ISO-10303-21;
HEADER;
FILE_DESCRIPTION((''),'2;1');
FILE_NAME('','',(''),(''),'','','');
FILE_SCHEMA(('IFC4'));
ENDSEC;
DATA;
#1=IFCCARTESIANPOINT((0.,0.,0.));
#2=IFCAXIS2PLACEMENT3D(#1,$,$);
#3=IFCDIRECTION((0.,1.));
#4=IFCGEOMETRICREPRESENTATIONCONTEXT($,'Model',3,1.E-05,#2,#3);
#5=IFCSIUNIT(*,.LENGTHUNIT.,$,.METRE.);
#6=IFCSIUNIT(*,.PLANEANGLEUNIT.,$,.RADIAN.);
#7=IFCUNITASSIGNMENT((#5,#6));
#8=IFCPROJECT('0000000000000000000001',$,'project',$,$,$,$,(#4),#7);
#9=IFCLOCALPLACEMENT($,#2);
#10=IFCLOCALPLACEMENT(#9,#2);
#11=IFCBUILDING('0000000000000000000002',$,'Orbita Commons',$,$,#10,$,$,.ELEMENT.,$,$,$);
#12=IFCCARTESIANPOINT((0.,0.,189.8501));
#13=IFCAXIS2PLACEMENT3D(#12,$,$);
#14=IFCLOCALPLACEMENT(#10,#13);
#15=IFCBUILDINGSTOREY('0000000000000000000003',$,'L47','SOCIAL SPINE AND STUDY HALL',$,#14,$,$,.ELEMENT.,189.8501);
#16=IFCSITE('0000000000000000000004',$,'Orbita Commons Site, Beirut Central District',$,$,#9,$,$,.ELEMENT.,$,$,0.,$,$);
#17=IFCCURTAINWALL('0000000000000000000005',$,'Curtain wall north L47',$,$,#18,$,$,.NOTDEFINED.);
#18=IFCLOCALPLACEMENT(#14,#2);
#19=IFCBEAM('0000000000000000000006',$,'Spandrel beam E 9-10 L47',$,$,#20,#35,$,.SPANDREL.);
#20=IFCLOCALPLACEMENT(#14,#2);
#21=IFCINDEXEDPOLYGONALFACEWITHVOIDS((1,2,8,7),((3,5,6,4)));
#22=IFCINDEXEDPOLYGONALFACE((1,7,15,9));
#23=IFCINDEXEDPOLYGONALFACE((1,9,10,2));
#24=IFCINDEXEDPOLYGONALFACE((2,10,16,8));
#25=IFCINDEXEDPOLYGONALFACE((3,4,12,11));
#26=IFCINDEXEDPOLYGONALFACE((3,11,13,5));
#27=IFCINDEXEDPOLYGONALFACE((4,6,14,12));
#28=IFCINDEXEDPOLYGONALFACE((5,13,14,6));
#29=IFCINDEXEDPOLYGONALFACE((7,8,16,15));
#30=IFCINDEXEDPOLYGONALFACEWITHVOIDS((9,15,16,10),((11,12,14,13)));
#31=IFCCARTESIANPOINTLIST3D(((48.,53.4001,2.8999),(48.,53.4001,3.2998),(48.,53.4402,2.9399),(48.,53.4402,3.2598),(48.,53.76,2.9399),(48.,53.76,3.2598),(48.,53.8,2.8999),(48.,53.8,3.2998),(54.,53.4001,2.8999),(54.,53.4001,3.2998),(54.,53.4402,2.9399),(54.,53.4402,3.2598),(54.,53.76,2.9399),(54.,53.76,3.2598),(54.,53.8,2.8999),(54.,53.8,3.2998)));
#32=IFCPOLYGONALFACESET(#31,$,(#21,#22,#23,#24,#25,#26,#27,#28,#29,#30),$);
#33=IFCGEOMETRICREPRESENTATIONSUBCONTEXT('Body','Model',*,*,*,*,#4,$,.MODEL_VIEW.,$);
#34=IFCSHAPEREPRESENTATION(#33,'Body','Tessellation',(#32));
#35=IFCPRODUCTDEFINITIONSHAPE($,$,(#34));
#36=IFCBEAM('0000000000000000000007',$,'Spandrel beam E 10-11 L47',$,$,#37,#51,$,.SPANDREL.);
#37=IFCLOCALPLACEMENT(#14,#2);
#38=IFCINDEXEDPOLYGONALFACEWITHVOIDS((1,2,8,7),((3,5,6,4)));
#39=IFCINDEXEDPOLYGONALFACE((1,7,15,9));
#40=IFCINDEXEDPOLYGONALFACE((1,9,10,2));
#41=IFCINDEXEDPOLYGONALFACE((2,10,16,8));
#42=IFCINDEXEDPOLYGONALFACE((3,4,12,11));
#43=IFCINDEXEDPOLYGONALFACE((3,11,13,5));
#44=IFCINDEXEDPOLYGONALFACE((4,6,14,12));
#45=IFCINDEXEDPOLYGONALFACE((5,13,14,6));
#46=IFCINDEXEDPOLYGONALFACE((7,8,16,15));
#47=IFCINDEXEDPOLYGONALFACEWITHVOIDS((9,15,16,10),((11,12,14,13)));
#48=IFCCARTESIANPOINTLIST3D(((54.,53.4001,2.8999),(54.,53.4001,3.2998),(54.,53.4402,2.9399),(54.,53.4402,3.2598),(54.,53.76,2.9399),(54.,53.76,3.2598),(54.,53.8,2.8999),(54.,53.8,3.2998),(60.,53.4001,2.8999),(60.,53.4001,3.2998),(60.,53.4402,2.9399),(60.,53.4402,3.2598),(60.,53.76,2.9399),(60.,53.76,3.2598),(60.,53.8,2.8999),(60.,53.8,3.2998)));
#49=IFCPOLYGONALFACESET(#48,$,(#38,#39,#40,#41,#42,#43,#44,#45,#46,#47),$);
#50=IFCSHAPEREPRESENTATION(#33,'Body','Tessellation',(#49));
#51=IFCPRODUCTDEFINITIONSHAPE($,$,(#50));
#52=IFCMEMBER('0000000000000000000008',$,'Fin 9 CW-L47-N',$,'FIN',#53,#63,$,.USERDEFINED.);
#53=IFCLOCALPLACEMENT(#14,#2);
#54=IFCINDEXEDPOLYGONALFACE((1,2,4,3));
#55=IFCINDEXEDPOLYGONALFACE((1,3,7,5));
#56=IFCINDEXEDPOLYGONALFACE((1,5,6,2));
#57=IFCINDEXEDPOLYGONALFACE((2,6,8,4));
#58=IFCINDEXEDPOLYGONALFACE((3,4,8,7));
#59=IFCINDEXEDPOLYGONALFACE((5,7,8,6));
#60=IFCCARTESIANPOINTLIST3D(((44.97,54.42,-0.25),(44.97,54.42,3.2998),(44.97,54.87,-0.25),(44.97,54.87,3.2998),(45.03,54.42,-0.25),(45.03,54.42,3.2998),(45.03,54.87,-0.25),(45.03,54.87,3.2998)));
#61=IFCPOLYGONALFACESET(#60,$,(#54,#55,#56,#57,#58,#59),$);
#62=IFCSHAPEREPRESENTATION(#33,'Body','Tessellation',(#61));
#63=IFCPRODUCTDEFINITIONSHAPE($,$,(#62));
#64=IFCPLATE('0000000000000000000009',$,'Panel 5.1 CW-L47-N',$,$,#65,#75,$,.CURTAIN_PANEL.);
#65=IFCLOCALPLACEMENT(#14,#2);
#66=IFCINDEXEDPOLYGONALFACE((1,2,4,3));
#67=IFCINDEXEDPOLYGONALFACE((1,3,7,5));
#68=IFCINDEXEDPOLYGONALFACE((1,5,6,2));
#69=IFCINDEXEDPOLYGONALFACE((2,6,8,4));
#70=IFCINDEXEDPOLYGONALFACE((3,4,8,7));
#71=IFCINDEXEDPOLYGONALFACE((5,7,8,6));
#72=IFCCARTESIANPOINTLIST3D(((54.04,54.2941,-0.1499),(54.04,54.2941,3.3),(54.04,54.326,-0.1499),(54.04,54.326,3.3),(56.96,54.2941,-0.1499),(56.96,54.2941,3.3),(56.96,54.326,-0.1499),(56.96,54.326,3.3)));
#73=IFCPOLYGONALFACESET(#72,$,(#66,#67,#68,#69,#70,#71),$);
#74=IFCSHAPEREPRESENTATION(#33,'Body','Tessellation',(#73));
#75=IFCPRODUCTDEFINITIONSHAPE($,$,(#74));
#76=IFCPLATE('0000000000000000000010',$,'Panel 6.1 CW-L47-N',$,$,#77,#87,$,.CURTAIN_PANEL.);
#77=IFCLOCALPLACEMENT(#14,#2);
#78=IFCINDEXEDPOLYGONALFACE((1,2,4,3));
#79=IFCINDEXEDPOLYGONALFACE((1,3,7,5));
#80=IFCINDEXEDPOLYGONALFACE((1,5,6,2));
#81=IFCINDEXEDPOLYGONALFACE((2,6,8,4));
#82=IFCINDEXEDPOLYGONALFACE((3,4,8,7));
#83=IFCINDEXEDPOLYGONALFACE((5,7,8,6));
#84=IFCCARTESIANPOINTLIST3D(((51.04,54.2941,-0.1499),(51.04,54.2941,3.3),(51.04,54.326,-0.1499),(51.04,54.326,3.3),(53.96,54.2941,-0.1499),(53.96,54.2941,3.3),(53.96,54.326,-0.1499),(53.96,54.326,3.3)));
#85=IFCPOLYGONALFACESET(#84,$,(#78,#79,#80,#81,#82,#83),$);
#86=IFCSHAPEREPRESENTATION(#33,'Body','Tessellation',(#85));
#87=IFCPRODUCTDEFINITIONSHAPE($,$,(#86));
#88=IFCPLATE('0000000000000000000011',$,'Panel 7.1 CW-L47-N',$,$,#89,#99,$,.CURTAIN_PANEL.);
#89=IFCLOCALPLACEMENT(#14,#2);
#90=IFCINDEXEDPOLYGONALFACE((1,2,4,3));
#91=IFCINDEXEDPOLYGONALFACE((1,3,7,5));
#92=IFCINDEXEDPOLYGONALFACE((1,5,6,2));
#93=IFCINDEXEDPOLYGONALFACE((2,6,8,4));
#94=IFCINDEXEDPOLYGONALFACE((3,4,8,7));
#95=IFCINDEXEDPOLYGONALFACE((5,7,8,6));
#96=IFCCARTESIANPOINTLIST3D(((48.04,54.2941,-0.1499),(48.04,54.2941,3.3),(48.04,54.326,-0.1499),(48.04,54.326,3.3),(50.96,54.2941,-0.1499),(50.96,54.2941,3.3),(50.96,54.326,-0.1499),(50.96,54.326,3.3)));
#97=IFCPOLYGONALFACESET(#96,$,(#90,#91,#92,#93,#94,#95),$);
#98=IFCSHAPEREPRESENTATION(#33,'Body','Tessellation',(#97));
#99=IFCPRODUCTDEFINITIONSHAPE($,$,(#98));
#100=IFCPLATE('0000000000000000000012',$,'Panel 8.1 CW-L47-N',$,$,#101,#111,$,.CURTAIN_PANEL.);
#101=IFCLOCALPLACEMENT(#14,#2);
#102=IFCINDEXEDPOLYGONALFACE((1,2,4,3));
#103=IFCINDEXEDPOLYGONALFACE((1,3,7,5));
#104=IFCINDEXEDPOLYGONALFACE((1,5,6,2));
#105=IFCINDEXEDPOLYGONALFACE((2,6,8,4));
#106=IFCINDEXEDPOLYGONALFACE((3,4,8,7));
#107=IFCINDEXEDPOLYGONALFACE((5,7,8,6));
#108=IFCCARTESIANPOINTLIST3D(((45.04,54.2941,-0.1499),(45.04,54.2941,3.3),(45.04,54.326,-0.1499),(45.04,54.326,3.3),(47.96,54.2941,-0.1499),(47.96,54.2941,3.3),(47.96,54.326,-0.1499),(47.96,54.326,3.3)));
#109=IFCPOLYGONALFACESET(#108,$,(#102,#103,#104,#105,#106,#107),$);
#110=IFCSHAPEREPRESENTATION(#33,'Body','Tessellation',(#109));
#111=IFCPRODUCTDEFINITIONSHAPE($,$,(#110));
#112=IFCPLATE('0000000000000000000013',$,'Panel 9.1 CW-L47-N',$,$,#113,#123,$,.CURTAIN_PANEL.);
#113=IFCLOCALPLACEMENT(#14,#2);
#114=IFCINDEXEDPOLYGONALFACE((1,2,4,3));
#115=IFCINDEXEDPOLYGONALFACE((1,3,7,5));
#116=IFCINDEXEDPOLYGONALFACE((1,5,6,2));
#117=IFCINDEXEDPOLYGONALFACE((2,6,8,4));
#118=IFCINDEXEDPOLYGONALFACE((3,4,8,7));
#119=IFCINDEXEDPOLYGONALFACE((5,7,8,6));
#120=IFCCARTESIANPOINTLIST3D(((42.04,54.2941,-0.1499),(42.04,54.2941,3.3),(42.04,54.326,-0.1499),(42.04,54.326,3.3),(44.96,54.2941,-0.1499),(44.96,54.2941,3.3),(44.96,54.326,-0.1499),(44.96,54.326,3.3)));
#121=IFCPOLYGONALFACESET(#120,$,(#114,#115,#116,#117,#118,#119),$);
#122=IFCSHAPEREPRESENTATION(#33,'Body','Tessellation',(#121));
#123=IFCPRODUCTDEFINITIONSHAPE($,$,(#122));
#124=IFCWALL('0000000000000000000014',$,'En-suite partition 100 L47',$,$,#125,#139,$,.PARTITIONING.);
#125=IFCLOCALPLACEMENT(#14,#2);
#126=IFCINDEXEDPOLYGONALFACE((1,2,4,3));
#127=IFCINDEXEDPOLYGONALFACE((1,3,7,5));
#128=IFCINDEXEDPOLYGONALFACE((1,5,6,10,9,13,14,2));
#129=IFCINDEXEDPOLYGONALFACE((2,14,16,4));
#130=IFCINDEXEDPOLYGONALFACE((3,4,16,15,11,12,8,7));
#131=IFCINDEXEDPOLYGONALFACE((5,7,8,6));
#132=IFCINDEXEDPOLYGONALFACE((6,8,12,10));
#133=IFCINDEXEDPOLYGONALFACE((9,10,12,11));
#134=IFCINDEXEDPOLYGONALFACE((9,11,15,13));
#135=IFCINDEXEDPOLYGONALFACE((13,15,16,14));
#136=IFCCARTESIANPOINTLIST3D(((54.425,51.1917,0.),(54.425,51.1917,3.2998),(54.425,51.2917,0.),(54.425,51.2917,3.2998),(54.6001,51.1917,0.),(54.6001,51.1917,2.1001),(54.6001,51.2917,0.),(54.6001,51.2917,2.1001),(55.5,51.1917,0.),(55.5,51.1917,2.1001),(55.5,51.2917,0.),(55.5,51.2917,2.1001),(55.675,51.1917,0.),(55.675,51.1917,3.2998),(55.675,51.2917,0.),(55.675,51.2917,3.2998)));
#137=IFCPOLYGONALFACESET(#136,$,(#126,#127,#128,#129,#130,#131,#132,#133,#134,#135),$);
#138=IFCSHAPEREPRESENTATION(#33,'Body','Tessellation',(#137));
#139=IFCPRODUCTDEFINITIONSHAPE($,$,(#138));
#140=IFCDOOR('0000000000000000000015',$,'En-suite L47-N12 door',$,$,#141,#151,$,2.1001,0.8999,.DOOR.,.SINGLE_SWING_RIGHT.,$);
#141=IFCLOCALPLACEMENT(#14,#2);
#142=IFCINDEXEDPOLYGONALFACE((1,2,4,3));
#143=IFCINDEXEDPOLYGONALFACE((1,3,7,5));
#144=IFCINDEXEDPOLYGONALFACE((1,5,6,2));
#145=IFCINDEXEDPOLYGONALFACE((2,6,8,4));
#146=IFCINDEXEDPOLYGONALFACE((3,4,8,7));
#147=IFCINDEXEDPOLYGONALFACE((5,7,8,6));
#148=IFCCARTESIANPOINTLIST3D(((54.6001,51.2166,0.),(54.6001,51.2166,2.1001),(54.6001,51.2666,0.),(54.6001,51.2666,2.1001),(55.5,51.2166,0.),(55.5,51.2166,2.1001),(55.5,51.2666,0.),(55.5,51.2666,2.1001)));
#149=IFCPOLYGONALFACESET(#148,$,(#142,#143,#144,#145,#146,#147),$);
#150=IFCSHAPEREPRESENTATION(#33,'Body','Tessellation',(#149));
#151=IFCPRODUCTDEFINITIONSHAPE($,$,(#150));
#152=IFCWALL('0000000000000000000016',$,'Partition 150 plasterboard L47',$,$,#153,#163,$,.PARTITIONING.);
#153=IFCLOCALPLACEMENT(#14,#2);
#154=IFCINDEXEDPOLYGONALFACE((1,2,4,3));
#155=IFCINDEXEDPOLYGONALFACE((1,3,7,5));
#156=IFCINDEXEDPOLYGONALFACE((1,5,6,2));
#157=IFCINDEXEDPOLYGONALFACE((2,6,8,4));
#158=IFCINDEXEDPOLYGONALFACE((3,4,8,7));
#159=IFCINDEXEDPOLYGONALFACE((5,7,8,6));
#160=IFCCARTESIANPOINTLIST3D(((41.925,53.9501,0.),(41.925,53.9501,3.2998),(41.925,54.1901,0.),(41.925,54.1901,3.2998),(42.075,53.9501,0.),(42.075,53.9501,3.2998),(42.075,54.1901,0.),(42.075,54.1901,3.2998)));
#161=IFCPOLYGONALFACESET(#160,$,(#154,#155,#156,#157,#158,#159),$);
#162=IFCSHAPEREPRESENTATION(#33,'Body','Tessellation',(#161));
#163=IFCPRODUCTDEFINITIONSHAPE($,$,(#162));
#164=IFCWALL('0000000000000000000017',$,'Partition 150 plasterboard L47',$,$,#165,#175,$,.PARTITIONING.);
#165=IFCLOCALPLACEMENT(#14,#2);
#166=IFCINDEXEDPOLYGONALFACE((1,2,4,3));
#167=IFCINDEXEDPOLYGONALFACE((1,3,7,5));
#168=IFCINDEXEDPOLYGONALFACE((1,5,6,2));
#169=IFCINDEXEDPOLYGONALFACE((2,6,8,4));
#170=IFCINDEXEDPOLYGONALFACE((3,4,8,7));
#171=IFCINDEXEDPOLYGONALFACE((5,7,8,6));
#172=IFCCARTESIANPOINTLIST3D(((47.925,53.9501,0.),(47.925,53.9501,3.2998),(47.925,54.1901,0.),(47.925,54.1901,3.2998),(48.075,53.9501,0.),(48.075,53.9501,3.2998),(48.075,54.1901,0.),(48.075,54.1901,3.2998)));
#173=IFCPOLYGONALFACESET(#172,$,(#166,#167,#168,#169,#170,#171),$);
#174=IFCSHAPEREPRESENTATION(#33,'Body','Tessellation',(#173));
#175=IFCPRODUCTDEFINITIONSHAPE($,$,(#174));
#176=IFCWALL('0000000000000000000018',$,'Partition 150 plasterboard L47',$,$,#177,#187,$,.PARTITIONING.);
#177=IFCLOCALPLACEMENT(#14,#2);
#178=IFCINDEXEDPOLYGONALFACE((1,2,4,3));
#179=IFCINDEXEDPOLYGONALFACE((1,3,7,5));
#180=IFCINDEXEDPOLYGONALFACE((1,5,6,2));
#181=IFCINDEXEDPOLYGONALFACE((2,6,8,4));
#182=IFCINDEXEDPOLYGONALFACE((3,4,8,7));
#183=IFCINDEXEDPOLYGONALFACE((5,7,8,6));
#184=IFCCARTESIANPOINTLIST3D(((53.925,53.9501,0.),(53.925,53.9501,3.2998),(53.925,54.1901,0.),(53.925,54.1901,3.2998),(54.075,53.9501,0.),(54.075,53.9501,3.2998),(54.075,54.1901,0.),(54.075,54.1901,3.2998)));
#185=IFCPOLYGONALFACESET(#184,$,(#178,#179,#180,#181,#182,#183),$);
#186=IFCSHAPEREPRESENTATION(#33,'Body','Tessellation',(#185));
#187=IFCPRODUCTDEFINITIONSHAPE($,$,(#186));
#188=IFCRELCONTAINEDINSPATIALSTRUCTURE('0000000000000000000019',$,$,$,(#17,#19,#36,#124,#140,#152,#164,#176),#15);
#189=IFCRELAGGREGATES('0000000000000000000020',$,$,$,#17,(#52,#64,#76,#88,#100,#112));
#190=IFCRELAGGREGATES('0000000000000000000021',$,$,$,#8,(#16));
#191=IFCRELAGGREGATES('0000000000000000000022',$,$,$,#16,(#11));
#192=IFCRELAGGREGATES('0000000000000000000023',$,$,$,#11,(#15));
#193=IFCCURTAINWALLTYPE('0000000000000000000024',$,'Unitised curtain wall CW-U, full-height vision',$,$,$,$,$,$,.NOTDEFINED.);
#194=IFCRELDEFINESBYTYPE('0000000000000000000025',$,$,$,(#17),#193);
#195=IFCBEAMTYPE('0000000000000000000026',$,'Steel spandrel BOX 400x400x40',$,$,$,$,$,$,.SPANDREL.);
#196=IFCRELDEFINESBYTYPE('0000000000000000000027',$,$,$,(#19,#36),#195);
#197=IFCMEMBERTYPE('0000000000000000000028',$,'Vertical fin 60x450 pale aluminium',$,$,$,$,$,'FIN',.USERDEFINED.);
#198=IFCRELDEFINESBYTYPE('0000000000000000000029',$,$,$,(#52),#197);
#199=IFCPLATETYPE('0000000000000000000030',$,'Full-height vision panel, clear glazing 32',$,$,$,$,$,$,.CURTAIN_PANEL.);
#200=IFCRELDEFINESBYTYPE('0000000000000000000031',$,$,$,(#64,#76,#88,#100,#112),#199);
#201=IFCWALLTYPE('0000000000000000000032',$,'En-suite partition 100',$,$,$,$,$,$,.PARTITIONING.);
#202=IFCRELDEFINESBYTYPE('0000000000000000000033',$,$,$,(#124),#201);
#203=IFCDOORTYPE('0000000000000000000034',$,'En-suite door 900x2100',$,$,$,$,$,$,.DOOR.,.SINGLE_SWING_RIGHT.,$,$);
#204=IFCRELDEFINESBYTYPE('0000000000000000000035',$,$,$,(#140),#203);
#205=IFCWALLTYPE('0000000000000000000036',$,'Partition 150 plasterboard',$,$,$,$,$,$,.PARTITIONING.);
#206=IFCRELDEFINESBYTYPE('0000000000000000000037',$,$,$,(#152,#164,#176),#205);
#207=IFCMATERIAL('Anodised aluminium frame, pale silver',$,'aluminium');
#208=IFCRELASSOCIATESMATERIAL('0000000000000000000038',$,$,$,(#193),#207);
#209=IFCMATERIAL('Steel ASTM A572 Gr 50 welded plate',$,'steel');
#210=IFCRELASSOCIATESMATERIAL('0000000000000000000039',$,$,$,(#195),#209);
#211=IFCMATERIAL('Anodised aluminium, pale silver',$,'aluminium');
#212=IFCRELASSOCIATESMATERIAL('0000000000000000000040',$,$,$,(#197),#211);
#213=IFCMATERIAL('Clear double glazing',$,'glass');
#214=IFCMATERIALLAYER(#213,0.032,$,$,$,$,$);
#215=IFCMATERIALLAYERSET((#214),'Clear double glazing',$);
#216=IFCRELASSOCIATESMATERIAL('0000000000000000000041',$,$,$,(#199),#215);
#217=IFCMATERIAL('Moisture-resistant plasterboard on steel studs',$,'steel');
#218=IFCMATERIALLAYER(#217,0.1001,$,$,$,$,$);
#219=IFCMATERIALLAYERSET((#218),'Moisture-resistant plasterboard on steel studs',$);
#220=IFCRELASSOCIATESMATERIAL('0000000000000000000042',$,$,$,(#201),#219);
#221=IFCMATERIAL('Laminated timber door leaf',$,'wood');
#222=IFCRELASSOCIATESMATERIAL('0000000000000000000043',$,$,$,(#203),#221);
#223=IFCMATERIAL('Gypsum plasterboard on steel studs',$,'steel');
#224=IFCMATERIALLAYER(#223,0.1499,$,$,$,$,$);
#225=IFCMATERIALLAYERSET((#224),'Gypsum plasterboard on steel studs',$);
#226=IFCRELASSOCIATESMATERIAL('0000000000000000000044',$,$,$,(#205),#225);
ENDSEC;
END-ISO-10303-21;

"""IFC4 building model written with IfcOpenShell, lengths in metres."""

from ifc_helpers import new_model, si_unit, direction, frame, frame_2d, origin, origin_2d, place, context, subcontext, project, spatial, rectangle, hollow_rectangle, extrude, material, layer, layer_set, material_profile, profile_set, type_object, element, fill, aggregate, save


model = new_model("IFC4")

# Units and contexts
model_context = context("Model", 3, precision=1e-05, world=origin(), true_north=direction((0.0, 1.0)))
body_context = subcontext(model_context, "Body", "Model", "MODEL_VIEW")
ifc_project = project(units=[si_unit("LENGTHUNIT", "METRE"), si_unit("PLANEANGLEUNIT", "RADIAN")], contexts=[model_context])

# Site, building, storey
site_placement = place(None, origin())
site = spatial("IfcSite", under=ifc_project, at=site_placement, Name="Orbita Commons Site, Beirut Central District", CompositionType="ELEMENT", RefElevation=0.0)
building_placement = place(site_placement, origin())
building = spatial("IfcBuilding", under=site, at=building_placement, Name="Orbita Commons", CompositionType="ELEMENT")
storey_placement = place(building_placement, frame((0.0, 0.0, 189.8501)))
storey = spatial("IfcBuildingStorey", under=building, at=storey_placement, Name="L47", Description="SOCIAL SPINE AND STUDY HALL", CompositionType="ELEMENT", Elevation=189.8501)

# Curtain wall
ifc_material_1 = material(Name="Anodised aluminium frame, pale silver", Category="aluminium")
curtain_wall_type = type_object("IfcCurtainWallType", Name="Unitised curtain wall CW-U, full-height vision", PredefinedType="NOTDEFINED", material=ifc_material_1)
curtain_wall_placement = place(storey_placement, origin())
curtain_wall = element("IfcCurtainWall", 1, at=curtain_wall_placement, inside=storey, type_object=curtain_wall_type, Name="Curtain wall north L47", PredefinedType="NOTDEFINED")

# Beams
ifc_material_2 = material(Name="Steel ASTM A572 Gr 50 welded plate", Category="steel")
ifc_material_profile_1 = material_profile(ifc_material_2, hollow_rectangle(XDim=0.3999, YDim=0.3999, WallThickness=0.04, at=origin_2d()), Name="BOX 400x400x40")
ifc_profile_set_1 = profile_set([ifc_material_profile_1], Name="Steel ASTM A572 Gr 50 welded plate")
beam_type = type_object("IfcBeamType", Name="Steel spandrel BOX 400x400x40", PredefinedType="SPANDREL", material=ifc_profile_set_1)
for number, where, z_axis, x_axis, name in (
    (2, (48.0, 53.6001, 3.0999), (1.0, 0.0, 0.0), (0.0, 1.0, 0.0), "Spandrel beam E 9-10 L47"),
    (3, (54.0, 53.6001, 3.0999), (1.0, 0.0, 0.0), (0.0, 1.0, 0.0), "Spandrel beam E 10-11 L47"),
):
    element("IfcBeam", number, at=place(storey_placement, frame(where, z_axis=z_axis, x_axis=x_axis)), inside=storey, type_object=beam_type, Name=name, PredefinedType="SPANDREL", context=body_context, shape_type="SweptSolid", body=[
        extrude(hollow_rectangle(XDim=0.3999, YDim=0.3999, WallThickness=0.04, at=origin_2d()), origin(), (0.0, 0.0, 1.0), 6.0),
    ])

# Member
ifc_material_3 = material(Name="Anodised aluminium, pale silver", Category="aluminium")
ifc_material_profile_2 = material_profile(ifc_material_3, rectangle(XDim=0.0601, YDim=0.45, at=origin_2d()), Name="FIN 60x450")
ifc_profile_set_2 = profile_set([ifc_material_profile_2], Name="Anodised aluminium, pale silver")
member_type_1 = type_object("IfcMemberType", Name="Vertical fin 60x450 pale aluminium", ElementType="FIN", PredefinedType="USERDEFINED", material=ifc_profile_set_2)
member_1_placement = place(storey_placement, frame((45.0, 54.645, -0.25), z_axis=(0.0, 0.0, 1.0), x_axis=(-1.0, 0.0, 0.0)))
member_1 = element("IfcMember", 4, at=member_1_placement, type_object=member_type_1, Name="Fin 9 CW-L47-N", ObjectType="FIN", PredefinedType="USERDEFINED", context=body_context, shape_type="SweptSolid", body=[
    extrude(rectangle(XDim=0.0601, YDim=0.45, at=origin_2d()), origin(), (0.0, 0.0, 1.0), 3.5498),
])

# Plates
ifc_material_4 = material(Name="Clear double glazing", Category="glass")
ifc_layer_1 = layer(ifc_material_4, 0.032)
ifc_layer_set_1 = layer_set([ifc_layer_1], Name="Clear double glazing")
plate_type = type_object("IfcPlateType", Name="Full-height vision panel, clear glazing 32", PredefinedType="CURTAIN_PANEL", material=ifc_layer_set_1)
plate_1_placement = place(storey_placement, frame((55.5, 54.3101, -0.1499), z_axis=(0.0, 0.0, 1.0), x_axis=(-1.0, 0.0, 0.0)))
plate_1 = element("IfcPlate", 5, at=plate_1_placement, type_object=plate_type, Name="Panel 5.1 CW-L47-N", PredefinedType="CURTAIN_PANEL", context=body_context, shape_type="SweptSolid", body=[
    extrude(rectangle(XDim=2.9199, YDim=0.032, at=origin_2d()), origin(), (0.0, 0.0, 1.0), 3.45),
])
plate_2_placement = place(storey_placement, frame((52.5, 54.3101, -0.1499), z_axis=(0.0, 0.0, 1.0), x_axis=(-1.0, 0.0, 0.0)))
plate_2 = element("IfcPlate", 6, at=plate_2_placement, type_object=plate_type, Name="Panel 6.1 CW-L47-N", PredefinedType="CURTAIN_PANEL", context=body_context, shape_type="SweptSolid", body=[
    extrude(rectangle(XDim=2.9199, YDim=0.032, at=origin_2d()), origin(), (0.0, 0.0, 1.0), 3.45),
])
plate_3_placement = place(storey_placement, frame((49.5, 54.3101, -0.1499), z_axis=(0.0, 0.0, 1.0), x_axis=(-1.0, 0.0, 0.0)))
plate_3 = element("IfcPlate", 7, at=plate_3_placement, type_object=plate_type, Name="Panel 7.1 CW-L47-N", PredefinedType="CURTAIN_PANEL", context=body_context, shape_type="SweptSolid", body=[
    extrude(rectangle(XDim=2.9199, YDim=0.032, at=origin_2d()), origin(), (0.0, 0.0, 1.0), 3.45),
])
plate_4_placement = place(storey_placement, frame((46.5, 54.3101, -0.1499), z_axis=(0.0, 0.0, 1.0), x_axis=(-1.0, 0.0, 0.0)))
plate_4 = element("IfcPlate", 8, at=plate_4_placement, type_object=plate_type, Name="Panel 8.1 CW-L47-N", PredefinedType="CURTAIN_PANEL", context=body_context, shape_type="SweptSolid", body=[
    extrude(rectangle(XDim=2.9199, YDim=0.032, at=origin_2d()), origin(), (0.0, 0.0, 1.0), 3.45),
])
plate_5_placement = place(storey_placement, frame((43.5, 54.3101, -0.1499), z_axis=(0.0, 0.0, 1.0), x_axis=(-1.0, 0.0, 0.0)))
plate_5 = element("IfcPlate", 9, at=plate_5_placement, type_object=plate_type, Name="Panel 9.1 CW-L47-N", PredefinedType="CURTAIN_PANEL", context=body_context, shape_type="SweptSolid", body=[
    extrude(rectangle(XDim=2.9199, YDim=0.032, at=origin_2d()), origin(), (0.0, 0.0, 1.0), 3.45),
])
aggregate(curtain_wall, [member_1, plate_1, plate_2, plate_3, plate_4, plate_5])

# Wall, opening, door
ifc_material_5 = material(Name="Moisture-resistant plasterboard on steel studs", Category="steel")
ifc_layer_2 = layer(ifc_material_5, 0.1001)
ifc_layer_set_2 = layer_set([ifc_layer_2], Name="Moisture-resistant plasterboard on steel studs")
wall_type_1 = type_object("IfcWallType", Name="En-suite partition 100", PredefinedType="PARTITIONING", material=ifc_layer_set_2)
wall_placement = place(storey_placement, frame((54.425, 51.2417, 0.0), z_axis=(0.0, 0.0, 1.0), x_axis=(1.0, 0.0, 0.0)))
wall = element("IfcWall", 10, at=wall_placement, inside=storey, type_object=wall_type_1, Name="En-suite partition 100 L47", PredefinedType="PARTITIONING", context=body_context, shape_type="SweptSolid", body=[
    extrude(rectangle(XDim=1.25, YDim=0.1001, at=frame_2d((0.625, 0.0))), origin(), (0.0, 0.0, 1.0), 3.2998),
])
opening_placement = place(wall_placement, frame((0.175, 0.0, 0.0)))
opening = element("IfcOpeningElement", 11, at=opening_placement, cuts=wall, PredefinedType="OPENING", context=body_context, shape_type="SweptSolid", body=[
    extrude(rectangle(XDim=0.8999, YDim=2.1001, at=frame_2d((0.45, 1.05))), frame((0.0, 0.0601, 0.0), z_axis=(0.0, -1.0, 0.0), x_axis=(1.0, 0.0, 0.0)), (0.0, 0.0, 1.0), 0.1201),
])
ifc_material_6 = material(Name="Laminated timber door leaf", Category="wood")
door_type = type_object("IfcDoorType", Name="En-suite door 900x2100", OperationType="SINGLE_SWING_RIGHT", PredefinedType="DOOR", material=ifc_material_6)
door_placement = place(opening_placement, origin())
door = element("IfcDoor", 12, at=door_placement, inside=storey, type_object=door_type, Name="En-suite L47-N12 door", OperationType="SINGLE_SWING_RIGHT", OverallHeight=2.1001, OverallWidth=0.8999, PredefinedType="DOOR", context=body_context, shape_type="SweptSolid", body=[
    extrude(rectangle(XDim=0.8999, YDim=2.1001, at=frame_2d((0.45, 1.05))), frame((0.0, 0.0249, 0.0), z_axis=(0.0, -1.0, 0.0), x_axis=(1.0, 0.0, 0.0)), (0.0, 0.0, 1.0), 0.05),
])
fill(opening, door)

# Walls
ifc_material_7 = material(Name="Gypsum plasterboard on steel studs", Category="steel")
ifc_layer_3 = layer(ifc_material_7, 0.1499)
ifc_layer_set_3 = layer_set([ifc_layer_3], Name="Gypsum plasterboard on steel studs")
wall_type_2 = type_object("IfcWallType", Name="Partition 150 plasterboard", PredefinedType="PARTITIONING", material=ifc_layer_set_3)
for number, where, z_axis, x_axis, name in (
    (13, (42.0, 53.95, 0.0), (0.0, 0.0, 1.0), (0.0, 1.0, 0.0), "Partition 150 plasterboard L47"),
    (14, (48.0, 53.95, 0.0), (0.0, 0.0, 1.0), (0.0, 1.0, 0.0), "Partition 150 plasterboard L47"),
    (15, (54.0, 53.95, 0.0), (0.0, 0.0, 1.0), (0.0, 1.0, 0.0), "Partition 150 plasterboard L47"),
):
    element("IfcWall", number, at=place(storey_placement, frame(where, z_axis=z_axis, x_axis=x_axis)), inside=storey, type_object=wall_type_2, Name=name, PredefinedType="PARTITIONING", context=body_context, shape_type="SweptSolid", body=[
        extrude(rectangle(XDim=0.24, YDim=0.1499, at=frame_2d((0.1201, 0.0))), origin(), (0.0, 0.0, 1.0), 3.2998),
    ])

save(model, "model.ifc")
